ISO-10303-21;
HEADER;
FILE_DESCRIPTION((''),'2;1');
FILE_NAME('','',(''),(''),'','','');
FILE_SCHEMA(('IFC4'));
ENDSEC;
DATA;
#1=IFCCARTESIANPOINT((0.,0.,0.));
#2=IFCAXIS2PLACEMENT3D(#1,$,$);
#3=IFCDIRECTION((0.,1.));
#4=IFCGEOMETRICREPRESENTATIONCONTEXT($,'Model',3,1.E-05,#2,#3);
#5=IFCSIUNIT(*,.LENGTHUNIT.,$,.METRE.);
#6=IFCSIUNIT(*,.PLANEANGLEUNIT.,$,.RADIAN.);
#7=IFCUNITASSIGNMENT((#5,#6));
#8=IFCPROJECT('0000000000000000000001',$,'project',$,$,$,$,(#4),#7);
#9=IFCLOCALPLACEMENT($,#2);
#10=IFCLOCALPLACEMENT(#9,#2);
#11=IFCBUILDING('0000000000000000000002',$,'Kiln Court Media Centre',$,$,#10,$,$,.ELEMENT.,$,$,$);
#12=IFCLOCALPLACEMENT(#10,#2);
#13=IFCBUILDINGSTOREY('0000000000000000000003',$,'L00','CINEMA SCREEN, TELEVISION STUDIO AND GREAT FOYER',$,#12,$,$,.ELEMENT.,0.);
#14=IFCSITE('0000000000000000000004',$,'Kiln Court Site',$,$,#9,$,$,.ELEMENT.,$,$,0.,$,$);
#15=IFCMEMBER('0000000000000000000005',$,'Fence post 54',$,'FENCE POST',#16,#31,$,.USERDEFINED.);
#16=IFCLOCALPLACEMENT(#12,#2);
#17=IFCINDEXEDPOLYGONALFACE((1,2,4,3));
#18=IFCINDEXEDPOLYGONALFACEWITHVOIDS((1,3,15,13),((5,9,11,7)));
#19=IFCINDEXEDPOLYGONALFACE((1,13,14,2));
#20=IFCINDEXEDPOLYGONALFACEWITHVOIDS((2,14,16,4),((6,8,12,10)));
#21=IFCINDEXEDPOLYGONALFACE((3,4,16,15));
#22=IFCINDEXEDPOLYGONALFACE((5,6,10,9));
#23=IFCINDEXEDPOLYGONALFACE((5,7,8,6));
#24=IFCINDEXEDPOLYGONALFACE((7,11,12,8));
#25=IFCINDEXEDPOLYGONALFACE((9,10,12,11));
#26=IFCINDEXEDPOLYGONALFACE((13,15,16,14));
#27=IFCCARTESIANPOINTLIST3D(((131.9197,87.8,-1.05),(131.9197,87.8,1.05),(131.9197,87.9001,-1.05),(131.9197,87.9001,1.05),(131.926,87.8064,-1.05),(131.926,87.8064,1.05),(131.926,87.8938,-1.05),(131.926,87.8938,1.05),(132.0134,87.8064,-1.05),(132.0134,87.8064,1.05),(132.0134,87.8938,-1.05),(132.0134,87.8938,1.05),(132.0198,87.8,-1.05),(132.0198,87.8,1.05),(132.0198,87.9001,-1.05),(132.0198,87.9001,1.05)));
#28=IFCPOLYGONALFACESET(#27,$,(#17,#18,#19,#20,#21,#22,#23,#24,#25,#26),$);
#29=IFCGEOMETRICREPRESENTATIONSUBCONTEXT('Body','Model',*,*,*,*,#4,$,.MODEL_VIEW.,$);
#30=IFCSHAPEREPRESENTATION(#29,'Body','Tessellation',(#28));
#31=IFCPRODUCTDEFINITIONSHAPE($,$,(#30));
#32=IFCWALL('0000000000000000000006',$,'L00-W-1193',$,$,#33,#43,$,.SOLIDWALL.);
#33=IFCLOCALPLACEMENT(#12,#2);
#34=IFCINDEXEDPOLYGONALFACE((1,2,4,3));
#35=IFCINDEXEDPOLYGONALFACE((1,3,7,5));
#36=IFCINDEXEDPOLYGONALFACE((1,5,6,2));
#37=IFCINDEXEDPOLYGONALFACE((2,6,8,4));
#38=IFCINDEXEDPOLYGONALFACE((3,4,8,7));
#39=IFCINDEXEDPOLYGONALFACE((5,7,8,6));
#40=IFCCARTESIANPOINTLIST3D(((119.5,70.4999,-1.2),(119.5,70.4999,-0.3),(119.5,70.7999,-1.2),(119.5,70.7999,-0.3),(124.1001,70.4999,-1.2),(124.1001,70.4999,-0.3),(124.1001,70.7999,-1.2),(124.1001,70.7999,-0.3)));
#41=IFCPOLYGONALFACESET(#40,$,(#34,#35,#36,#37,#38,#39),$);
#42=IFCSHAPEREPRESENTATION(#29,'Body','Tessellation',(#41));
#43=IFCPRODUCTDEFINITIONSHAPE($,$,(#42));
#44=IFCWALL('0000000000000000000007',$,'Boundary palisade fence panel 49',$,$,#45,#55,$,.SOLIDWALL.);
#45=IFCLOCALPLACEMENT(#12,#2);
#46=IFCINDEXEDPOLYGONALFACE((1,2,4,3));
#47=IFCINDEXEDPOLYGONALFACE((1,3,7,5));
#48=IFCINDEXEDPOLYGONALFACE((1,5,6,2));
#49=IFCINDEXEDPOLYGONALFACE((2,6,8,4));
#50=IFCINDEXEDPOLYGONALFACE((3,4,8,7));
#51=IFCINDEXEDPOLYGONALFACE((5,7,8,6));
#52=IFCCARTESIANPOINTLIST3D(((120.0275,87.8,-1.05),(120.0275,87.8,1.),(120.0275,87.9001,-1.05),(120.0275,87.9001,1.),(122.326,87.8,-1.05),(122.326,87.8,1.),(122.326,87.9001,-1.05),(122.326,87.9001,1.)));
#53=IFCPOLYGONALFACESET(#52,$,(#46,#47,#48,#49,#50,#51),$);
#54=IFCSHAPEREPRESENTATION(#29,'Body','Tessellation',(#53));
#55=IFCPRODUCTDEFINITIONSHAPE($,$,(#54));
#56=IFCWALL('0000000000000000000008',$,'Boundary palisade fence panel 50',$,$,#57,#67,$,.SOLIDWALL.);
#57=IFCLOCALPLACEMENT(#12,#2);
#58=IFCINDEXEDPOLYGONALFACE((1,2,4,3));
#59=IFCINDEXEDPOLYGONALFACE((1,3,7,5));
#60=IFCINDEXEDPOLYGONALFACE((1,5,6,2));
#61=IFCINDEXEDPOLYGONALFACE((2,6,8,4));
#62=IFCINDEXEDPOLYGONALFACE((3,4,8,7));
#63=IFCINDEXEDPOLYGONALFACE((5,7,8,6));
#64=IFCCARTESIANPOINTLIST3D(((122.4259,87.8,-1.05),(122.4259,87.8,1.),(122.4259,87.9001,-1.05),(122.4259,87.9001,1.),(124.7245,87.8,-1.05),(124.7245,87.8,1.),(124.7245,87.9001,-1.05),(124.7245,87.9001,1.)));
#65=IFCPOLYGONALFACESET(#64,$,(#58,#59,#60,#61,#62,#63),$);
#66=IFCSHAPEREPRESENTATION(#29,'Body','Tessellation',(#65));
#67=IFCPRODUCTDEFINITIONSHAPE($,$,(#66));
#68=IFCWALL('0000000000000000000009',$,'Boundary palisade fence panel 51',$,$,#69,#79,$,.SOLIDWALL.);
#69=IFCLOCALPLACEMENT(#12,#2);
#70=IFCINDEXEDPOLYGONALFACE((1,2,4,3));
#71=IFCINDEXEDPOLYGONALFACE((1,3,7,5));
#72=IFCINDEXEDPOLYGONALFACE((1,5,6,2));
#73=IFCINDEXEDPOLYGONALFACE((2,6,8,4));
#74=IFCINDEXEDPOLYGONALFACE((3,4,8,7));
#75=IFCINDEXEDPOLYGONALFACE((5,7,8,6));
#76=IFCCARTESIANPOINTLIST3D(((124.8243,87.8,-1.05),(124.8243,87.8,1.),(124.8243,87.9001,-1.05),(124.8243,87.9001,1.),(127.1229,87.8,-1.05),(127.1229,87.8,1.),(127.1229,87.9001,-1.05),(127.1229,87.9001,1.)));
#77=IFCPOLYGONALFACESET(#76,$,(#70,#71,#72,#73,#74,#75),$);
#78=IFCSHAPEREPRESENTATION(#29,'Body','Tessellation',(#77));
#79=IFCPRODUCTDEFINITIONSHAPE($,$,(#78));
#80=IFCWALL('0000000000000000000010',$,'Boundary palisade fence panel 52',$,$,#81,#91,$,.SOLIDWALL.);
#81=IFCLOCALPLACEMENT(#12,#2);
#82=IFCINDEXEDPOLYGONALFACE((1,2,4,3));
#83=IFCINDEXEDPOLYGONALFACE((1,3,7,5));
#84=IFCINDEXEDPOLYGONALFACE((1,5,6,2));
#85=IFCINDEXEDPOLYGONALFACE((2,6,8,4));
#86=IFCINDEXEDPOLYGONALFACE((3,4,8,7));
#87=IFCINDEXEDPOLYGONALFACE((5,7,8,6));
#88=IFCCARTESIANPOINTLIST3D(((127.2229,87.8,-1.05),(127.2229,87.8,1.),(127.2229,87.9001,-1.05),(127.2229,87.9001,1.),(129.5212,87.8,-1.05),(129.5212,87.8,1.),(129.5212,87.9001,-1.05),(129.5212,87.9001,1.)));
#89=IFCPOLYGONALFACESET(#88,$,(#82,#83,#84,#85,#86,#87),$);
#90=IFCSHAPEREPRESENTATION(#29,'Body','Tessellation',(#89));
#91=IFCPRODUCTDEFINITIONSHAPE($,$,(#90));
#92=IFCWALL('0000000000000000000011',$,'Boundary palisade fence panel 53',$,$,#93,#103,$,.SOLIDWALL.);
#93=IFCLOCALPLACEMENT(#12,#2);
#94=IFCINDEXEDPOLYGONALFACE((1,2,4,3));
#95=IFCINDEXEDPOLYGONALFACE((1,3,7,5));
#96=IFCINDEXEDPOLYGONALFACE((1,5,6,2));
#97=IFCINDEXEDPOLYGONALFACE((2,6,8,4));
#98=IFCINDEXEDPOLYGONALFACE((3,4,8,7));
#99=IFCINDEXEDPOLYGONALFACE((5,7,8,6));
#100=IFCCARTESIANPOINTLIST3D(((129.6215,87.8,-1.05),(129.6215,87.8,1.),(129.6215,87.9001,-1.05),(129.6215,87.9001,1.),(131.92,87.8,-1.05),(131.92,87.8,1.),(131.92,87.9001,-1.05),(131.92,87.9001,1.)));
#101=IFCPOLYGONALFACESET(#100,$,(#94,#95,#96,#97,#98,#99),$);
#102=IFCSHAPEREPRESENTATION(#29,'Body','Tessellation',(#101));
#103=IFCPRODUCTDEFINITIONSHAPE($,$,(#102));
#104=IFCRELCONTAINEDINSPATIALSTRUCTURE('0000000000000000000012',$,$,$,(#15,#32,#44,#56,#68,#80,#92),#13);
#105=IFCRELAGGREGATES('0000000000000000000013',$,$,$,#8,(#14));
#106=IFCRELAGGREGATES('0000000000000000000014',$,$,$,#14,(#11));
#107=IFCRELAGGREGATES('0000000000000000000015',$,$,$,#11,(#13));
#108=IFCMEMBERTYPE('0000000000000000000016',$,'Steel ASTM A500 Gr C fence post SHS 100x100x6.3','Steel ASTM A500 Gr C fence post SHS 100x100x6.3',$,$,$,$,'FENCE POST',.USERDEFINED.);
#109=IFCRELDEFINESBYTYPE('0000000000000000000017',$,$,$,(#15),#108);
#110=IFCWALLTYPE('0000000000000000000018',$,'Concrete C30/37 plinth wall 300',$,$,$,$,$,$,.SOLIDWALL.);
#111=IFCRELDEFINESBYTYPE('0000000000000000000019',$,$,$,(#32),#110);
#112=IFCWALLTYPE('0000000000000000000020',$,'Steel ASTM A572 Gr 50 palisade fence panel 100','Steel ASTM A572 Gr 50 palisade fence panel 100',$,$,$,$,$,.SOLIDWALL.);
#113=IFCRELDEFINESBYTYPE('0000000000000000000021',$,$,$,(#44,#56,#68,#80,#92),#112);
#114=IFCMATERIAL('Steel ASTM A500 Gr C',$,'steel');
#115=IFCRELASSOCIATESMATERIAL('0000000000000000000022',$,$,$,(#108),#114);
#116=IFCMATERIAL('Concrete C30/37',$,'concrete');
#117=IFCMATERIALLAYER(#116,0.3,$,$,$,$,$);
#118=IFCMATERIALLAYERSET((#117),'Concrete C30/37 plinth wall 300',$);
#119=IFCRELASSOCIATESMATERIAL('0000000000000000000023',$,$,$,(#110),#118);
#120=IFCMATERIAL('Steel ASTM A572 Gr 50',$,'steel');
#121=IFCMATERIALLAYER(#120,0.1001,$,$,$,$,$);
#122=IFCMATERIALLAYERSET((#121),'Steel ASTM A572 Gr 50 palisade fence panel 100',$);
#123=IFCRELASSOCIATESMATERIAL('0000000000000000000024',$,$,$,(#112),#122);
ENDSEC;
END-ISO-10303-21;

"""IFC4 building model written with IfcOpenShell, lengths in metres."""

from ifc_helpers import new_model, si_unit, direction, frame, frame_2d, origin, origin_2d, place, context, subcontext, project, spatial, rectangle, hollow_rectangle, extrude, material, layer, layer_set, material_profile, profile_set, type_object, element, save


model = new_model("IFC4")

# Units and contexts
model_context = context("Model", 3, precision=1e-05, world=origin(), true_north=direction((0.0, 1.0)))
body_context = subcontext(model_context, "Body", "Model", "MODEL_VIEW")
ifc_project = project(units=[si_unit("LENGTHUNIT", "METRE"), si_unit("PLANEANGLEUNIT", "RADIAN")], contexts=[model_context])

# Site, building, storey
site_placement = place(None, origin())
site = spatial("IfcSite", under=ifc_project, at=site_placement, Name="Kiln Court Site", CompositionType="ELEMENT", RefElevation=0.0)
building_placement = place(site_placement, origin())
building = spatial("IfcBuilding", under=site, at=building_placement, Name="Kiln Court Media Centre", CompositionType="ELEMENT")
storey_placement = place(building_placement, origin())
storey = spatial("IfcBuildingStorey", under=building, at=storey_placement, Name="L00", Description="CINEMA SCREEN, TELEVISION STUDIO AND GREAT FOYER", CompositionType="ELEMENT", Elevation=0.0)

# Member
ifc_material_1 = material(Name="Steel ASTM A500 Gr C", Category="steel")
ifc_material_profile_1 = material_profile(ifc_material_1, hollow_rectangle(XDim=0.1001, YDim=0.1001, WallThickness=0.0063, at=origin_2d()), Name="SHS 100x100x6.3")
ifc_profile_set_1 = profile_set([ifc_material_profile_1], Name="Steel ASTM A500 Gr C")
member_type_1 = type_object("IfcMemberType", Name="Steel ASTM A500 Gr C fence post SHS 100x100x6.3", Description="Steel ASTM A500 Gr C fence post SHS 100x100x6.3", ElementType="FENCE POST", PredefinedType="USERDEFINED", material=ifc_profile_set_1)
for number, where, z_axis, x_axis, name in (
    (1, (131.9697, 87.8501, -1.05), (0.0, 0.0, 1.0), (1.0, 0.0, 0.0), "Fence post 54"),
):
    element("IfcMember", number, at=place(storey_placement, frame(where, z_axis=z_axis, x_axis=x_axis)), inside=storey, type_object=member_type_1, Name=name, ObjectType="FENCE POST", PredefinedType="USERDEFINED", context=body_context, shape_type="SweptSolid", body=[
        extrude(hollow_rectangle(XDim=0.1001, YDim=0.1001, WallThickness=0.0063, at=origin_2d()), origin(), (0.0, 0.0, 1.0), 2.1001),
    ])

# Walls
ifc_material_2 = material(Name="Concrete C30/37", Category="concrete")
ifc_layer_1 = layer(ifc_material_2, 0.3)
ifc_layer_set_1 = layer_set([ifc_layer_1], Name="Concrete C30/37 plinth wall 300")
wall_type_1 = type_object("IfcWallType", Name="Concrete C30/37 plinth wall 300", PredefinedType="SOLIDWALL", material=ifc_layer_set_1)
wall_1_placement = place(storey_placement, frame((119.5, 70.6499, -1.2), z_axis=(0.0, 0.0, 1.0), x_axis=(1.0, 0.0, 0.0)))
element("IfcWall", 2, at=wall_1_placement, inside=storey, type_object=wall_type_1, Name="L00-W-1193", PredefinedType="SOLIDWALL", context=body_context, shape_type="SweptSolid", body=[
    extrude(rectangle(XDim=4.6001, YDim=0.3, at=frame_2d((2.3, 0.0))), origin(), (0.0, 0.0, 1.0), 0.8999),
])
ifc_material_3 = material(Name="Steel ASTM A572 Gr 50", Category="steel")
ifc_layer_2 = layer(ifc_material_3, 0.1001)
ifc_layer_set_2 = layer_set([ifc_layer_2], Name="Steel ASTM A572 Gr 50 palisade fence panel 100")
wall_type_2 = type_object("IfcWallType", Name="Steel ASTM A572 Gr 50 palisade fence panel 100", Description="Steel ASTM A572 Gr 50 palisade fence panel 100", PredefinedType="SOLIDWALL", material=ifc_layer_set_2)
for number, where, z_axis, x_axis, name in (
    (3, (120.0273, 87.8501, -1.05), (0.0, 0.0, 1.0), (1.0, 0.0, 0.0), "Boundary palisade fence panel 49"),
    (4, (122.4258, 87.8501, -1.05), (0.0, 0.0, 1.0), (1.0, 0.0, 0.0), "Boundary palisade fence panel 50"),
    (5, (124.8242, 87.8501, -1.05), (0.0, 0.0, 1.0), (1.0, 0.0, 0.0), "Boundary palisade fence panel 51"),
):
    element("IfcWall", number, at=place(storey_placement, frame(where, z_axis=z_axis, x_axis=x_axis)), inside=storey, type_object=wall_type_2, Name=name, PredefinedType="SOLIDWALL", context=body_context, shape_type="SweptSolid", body=[
        extrude(rectangle(XDim=2.2986, YDim=0.1001, at=frame_2d((1.1494, 0.0))), origin(), (0.0, 0.0, 1.0), 2.05),
    ])
wall_2_placement = place(storey_placement, frame((127.2229, 87.8501, -1.05), z_axis=(0.0, 0.0, 1.0), x_axis=(1.0, 0.0, 0.0)))
element("IfcWall", 6, at=wall_2_placement, inside=storey, type_object=wall_type_2, Name="Boundary palisade fence panel 52", PredefinedType="SOLIDWALL", context=body_context, shape_type="SweptSolid", body=[
    extrude(rectangle(XDim=2.2983, YDim=0.1001, at=frame_2d((1.1492, 0.0))), origin(), (0.0, 0.0, 1.0), 2.05),
])
wall_3_placement = place(storey_placement, frame((129.6213, 87.8501, -1.05), z_axis=(0.0, 0.0, 1.0), x_axis=(1.0, 0.0, 0.0)))
element("IfcWall", 7, at=wall_3_placement, inside=storey, type_object=wall_type_2, Name="Boundary palisade fence panel 53", PredefinedType="SOLIDWALL", context=body_context, shape_type="SweptSolid", body=[
    extrude(rectangle(XDim=2.2986, YDim=0.1001, at=frame_2d((1.1494, 0.0))), origin(), (0.0, 0.0, 1.0), 2.05),
])

save(model, "model.ifc")
